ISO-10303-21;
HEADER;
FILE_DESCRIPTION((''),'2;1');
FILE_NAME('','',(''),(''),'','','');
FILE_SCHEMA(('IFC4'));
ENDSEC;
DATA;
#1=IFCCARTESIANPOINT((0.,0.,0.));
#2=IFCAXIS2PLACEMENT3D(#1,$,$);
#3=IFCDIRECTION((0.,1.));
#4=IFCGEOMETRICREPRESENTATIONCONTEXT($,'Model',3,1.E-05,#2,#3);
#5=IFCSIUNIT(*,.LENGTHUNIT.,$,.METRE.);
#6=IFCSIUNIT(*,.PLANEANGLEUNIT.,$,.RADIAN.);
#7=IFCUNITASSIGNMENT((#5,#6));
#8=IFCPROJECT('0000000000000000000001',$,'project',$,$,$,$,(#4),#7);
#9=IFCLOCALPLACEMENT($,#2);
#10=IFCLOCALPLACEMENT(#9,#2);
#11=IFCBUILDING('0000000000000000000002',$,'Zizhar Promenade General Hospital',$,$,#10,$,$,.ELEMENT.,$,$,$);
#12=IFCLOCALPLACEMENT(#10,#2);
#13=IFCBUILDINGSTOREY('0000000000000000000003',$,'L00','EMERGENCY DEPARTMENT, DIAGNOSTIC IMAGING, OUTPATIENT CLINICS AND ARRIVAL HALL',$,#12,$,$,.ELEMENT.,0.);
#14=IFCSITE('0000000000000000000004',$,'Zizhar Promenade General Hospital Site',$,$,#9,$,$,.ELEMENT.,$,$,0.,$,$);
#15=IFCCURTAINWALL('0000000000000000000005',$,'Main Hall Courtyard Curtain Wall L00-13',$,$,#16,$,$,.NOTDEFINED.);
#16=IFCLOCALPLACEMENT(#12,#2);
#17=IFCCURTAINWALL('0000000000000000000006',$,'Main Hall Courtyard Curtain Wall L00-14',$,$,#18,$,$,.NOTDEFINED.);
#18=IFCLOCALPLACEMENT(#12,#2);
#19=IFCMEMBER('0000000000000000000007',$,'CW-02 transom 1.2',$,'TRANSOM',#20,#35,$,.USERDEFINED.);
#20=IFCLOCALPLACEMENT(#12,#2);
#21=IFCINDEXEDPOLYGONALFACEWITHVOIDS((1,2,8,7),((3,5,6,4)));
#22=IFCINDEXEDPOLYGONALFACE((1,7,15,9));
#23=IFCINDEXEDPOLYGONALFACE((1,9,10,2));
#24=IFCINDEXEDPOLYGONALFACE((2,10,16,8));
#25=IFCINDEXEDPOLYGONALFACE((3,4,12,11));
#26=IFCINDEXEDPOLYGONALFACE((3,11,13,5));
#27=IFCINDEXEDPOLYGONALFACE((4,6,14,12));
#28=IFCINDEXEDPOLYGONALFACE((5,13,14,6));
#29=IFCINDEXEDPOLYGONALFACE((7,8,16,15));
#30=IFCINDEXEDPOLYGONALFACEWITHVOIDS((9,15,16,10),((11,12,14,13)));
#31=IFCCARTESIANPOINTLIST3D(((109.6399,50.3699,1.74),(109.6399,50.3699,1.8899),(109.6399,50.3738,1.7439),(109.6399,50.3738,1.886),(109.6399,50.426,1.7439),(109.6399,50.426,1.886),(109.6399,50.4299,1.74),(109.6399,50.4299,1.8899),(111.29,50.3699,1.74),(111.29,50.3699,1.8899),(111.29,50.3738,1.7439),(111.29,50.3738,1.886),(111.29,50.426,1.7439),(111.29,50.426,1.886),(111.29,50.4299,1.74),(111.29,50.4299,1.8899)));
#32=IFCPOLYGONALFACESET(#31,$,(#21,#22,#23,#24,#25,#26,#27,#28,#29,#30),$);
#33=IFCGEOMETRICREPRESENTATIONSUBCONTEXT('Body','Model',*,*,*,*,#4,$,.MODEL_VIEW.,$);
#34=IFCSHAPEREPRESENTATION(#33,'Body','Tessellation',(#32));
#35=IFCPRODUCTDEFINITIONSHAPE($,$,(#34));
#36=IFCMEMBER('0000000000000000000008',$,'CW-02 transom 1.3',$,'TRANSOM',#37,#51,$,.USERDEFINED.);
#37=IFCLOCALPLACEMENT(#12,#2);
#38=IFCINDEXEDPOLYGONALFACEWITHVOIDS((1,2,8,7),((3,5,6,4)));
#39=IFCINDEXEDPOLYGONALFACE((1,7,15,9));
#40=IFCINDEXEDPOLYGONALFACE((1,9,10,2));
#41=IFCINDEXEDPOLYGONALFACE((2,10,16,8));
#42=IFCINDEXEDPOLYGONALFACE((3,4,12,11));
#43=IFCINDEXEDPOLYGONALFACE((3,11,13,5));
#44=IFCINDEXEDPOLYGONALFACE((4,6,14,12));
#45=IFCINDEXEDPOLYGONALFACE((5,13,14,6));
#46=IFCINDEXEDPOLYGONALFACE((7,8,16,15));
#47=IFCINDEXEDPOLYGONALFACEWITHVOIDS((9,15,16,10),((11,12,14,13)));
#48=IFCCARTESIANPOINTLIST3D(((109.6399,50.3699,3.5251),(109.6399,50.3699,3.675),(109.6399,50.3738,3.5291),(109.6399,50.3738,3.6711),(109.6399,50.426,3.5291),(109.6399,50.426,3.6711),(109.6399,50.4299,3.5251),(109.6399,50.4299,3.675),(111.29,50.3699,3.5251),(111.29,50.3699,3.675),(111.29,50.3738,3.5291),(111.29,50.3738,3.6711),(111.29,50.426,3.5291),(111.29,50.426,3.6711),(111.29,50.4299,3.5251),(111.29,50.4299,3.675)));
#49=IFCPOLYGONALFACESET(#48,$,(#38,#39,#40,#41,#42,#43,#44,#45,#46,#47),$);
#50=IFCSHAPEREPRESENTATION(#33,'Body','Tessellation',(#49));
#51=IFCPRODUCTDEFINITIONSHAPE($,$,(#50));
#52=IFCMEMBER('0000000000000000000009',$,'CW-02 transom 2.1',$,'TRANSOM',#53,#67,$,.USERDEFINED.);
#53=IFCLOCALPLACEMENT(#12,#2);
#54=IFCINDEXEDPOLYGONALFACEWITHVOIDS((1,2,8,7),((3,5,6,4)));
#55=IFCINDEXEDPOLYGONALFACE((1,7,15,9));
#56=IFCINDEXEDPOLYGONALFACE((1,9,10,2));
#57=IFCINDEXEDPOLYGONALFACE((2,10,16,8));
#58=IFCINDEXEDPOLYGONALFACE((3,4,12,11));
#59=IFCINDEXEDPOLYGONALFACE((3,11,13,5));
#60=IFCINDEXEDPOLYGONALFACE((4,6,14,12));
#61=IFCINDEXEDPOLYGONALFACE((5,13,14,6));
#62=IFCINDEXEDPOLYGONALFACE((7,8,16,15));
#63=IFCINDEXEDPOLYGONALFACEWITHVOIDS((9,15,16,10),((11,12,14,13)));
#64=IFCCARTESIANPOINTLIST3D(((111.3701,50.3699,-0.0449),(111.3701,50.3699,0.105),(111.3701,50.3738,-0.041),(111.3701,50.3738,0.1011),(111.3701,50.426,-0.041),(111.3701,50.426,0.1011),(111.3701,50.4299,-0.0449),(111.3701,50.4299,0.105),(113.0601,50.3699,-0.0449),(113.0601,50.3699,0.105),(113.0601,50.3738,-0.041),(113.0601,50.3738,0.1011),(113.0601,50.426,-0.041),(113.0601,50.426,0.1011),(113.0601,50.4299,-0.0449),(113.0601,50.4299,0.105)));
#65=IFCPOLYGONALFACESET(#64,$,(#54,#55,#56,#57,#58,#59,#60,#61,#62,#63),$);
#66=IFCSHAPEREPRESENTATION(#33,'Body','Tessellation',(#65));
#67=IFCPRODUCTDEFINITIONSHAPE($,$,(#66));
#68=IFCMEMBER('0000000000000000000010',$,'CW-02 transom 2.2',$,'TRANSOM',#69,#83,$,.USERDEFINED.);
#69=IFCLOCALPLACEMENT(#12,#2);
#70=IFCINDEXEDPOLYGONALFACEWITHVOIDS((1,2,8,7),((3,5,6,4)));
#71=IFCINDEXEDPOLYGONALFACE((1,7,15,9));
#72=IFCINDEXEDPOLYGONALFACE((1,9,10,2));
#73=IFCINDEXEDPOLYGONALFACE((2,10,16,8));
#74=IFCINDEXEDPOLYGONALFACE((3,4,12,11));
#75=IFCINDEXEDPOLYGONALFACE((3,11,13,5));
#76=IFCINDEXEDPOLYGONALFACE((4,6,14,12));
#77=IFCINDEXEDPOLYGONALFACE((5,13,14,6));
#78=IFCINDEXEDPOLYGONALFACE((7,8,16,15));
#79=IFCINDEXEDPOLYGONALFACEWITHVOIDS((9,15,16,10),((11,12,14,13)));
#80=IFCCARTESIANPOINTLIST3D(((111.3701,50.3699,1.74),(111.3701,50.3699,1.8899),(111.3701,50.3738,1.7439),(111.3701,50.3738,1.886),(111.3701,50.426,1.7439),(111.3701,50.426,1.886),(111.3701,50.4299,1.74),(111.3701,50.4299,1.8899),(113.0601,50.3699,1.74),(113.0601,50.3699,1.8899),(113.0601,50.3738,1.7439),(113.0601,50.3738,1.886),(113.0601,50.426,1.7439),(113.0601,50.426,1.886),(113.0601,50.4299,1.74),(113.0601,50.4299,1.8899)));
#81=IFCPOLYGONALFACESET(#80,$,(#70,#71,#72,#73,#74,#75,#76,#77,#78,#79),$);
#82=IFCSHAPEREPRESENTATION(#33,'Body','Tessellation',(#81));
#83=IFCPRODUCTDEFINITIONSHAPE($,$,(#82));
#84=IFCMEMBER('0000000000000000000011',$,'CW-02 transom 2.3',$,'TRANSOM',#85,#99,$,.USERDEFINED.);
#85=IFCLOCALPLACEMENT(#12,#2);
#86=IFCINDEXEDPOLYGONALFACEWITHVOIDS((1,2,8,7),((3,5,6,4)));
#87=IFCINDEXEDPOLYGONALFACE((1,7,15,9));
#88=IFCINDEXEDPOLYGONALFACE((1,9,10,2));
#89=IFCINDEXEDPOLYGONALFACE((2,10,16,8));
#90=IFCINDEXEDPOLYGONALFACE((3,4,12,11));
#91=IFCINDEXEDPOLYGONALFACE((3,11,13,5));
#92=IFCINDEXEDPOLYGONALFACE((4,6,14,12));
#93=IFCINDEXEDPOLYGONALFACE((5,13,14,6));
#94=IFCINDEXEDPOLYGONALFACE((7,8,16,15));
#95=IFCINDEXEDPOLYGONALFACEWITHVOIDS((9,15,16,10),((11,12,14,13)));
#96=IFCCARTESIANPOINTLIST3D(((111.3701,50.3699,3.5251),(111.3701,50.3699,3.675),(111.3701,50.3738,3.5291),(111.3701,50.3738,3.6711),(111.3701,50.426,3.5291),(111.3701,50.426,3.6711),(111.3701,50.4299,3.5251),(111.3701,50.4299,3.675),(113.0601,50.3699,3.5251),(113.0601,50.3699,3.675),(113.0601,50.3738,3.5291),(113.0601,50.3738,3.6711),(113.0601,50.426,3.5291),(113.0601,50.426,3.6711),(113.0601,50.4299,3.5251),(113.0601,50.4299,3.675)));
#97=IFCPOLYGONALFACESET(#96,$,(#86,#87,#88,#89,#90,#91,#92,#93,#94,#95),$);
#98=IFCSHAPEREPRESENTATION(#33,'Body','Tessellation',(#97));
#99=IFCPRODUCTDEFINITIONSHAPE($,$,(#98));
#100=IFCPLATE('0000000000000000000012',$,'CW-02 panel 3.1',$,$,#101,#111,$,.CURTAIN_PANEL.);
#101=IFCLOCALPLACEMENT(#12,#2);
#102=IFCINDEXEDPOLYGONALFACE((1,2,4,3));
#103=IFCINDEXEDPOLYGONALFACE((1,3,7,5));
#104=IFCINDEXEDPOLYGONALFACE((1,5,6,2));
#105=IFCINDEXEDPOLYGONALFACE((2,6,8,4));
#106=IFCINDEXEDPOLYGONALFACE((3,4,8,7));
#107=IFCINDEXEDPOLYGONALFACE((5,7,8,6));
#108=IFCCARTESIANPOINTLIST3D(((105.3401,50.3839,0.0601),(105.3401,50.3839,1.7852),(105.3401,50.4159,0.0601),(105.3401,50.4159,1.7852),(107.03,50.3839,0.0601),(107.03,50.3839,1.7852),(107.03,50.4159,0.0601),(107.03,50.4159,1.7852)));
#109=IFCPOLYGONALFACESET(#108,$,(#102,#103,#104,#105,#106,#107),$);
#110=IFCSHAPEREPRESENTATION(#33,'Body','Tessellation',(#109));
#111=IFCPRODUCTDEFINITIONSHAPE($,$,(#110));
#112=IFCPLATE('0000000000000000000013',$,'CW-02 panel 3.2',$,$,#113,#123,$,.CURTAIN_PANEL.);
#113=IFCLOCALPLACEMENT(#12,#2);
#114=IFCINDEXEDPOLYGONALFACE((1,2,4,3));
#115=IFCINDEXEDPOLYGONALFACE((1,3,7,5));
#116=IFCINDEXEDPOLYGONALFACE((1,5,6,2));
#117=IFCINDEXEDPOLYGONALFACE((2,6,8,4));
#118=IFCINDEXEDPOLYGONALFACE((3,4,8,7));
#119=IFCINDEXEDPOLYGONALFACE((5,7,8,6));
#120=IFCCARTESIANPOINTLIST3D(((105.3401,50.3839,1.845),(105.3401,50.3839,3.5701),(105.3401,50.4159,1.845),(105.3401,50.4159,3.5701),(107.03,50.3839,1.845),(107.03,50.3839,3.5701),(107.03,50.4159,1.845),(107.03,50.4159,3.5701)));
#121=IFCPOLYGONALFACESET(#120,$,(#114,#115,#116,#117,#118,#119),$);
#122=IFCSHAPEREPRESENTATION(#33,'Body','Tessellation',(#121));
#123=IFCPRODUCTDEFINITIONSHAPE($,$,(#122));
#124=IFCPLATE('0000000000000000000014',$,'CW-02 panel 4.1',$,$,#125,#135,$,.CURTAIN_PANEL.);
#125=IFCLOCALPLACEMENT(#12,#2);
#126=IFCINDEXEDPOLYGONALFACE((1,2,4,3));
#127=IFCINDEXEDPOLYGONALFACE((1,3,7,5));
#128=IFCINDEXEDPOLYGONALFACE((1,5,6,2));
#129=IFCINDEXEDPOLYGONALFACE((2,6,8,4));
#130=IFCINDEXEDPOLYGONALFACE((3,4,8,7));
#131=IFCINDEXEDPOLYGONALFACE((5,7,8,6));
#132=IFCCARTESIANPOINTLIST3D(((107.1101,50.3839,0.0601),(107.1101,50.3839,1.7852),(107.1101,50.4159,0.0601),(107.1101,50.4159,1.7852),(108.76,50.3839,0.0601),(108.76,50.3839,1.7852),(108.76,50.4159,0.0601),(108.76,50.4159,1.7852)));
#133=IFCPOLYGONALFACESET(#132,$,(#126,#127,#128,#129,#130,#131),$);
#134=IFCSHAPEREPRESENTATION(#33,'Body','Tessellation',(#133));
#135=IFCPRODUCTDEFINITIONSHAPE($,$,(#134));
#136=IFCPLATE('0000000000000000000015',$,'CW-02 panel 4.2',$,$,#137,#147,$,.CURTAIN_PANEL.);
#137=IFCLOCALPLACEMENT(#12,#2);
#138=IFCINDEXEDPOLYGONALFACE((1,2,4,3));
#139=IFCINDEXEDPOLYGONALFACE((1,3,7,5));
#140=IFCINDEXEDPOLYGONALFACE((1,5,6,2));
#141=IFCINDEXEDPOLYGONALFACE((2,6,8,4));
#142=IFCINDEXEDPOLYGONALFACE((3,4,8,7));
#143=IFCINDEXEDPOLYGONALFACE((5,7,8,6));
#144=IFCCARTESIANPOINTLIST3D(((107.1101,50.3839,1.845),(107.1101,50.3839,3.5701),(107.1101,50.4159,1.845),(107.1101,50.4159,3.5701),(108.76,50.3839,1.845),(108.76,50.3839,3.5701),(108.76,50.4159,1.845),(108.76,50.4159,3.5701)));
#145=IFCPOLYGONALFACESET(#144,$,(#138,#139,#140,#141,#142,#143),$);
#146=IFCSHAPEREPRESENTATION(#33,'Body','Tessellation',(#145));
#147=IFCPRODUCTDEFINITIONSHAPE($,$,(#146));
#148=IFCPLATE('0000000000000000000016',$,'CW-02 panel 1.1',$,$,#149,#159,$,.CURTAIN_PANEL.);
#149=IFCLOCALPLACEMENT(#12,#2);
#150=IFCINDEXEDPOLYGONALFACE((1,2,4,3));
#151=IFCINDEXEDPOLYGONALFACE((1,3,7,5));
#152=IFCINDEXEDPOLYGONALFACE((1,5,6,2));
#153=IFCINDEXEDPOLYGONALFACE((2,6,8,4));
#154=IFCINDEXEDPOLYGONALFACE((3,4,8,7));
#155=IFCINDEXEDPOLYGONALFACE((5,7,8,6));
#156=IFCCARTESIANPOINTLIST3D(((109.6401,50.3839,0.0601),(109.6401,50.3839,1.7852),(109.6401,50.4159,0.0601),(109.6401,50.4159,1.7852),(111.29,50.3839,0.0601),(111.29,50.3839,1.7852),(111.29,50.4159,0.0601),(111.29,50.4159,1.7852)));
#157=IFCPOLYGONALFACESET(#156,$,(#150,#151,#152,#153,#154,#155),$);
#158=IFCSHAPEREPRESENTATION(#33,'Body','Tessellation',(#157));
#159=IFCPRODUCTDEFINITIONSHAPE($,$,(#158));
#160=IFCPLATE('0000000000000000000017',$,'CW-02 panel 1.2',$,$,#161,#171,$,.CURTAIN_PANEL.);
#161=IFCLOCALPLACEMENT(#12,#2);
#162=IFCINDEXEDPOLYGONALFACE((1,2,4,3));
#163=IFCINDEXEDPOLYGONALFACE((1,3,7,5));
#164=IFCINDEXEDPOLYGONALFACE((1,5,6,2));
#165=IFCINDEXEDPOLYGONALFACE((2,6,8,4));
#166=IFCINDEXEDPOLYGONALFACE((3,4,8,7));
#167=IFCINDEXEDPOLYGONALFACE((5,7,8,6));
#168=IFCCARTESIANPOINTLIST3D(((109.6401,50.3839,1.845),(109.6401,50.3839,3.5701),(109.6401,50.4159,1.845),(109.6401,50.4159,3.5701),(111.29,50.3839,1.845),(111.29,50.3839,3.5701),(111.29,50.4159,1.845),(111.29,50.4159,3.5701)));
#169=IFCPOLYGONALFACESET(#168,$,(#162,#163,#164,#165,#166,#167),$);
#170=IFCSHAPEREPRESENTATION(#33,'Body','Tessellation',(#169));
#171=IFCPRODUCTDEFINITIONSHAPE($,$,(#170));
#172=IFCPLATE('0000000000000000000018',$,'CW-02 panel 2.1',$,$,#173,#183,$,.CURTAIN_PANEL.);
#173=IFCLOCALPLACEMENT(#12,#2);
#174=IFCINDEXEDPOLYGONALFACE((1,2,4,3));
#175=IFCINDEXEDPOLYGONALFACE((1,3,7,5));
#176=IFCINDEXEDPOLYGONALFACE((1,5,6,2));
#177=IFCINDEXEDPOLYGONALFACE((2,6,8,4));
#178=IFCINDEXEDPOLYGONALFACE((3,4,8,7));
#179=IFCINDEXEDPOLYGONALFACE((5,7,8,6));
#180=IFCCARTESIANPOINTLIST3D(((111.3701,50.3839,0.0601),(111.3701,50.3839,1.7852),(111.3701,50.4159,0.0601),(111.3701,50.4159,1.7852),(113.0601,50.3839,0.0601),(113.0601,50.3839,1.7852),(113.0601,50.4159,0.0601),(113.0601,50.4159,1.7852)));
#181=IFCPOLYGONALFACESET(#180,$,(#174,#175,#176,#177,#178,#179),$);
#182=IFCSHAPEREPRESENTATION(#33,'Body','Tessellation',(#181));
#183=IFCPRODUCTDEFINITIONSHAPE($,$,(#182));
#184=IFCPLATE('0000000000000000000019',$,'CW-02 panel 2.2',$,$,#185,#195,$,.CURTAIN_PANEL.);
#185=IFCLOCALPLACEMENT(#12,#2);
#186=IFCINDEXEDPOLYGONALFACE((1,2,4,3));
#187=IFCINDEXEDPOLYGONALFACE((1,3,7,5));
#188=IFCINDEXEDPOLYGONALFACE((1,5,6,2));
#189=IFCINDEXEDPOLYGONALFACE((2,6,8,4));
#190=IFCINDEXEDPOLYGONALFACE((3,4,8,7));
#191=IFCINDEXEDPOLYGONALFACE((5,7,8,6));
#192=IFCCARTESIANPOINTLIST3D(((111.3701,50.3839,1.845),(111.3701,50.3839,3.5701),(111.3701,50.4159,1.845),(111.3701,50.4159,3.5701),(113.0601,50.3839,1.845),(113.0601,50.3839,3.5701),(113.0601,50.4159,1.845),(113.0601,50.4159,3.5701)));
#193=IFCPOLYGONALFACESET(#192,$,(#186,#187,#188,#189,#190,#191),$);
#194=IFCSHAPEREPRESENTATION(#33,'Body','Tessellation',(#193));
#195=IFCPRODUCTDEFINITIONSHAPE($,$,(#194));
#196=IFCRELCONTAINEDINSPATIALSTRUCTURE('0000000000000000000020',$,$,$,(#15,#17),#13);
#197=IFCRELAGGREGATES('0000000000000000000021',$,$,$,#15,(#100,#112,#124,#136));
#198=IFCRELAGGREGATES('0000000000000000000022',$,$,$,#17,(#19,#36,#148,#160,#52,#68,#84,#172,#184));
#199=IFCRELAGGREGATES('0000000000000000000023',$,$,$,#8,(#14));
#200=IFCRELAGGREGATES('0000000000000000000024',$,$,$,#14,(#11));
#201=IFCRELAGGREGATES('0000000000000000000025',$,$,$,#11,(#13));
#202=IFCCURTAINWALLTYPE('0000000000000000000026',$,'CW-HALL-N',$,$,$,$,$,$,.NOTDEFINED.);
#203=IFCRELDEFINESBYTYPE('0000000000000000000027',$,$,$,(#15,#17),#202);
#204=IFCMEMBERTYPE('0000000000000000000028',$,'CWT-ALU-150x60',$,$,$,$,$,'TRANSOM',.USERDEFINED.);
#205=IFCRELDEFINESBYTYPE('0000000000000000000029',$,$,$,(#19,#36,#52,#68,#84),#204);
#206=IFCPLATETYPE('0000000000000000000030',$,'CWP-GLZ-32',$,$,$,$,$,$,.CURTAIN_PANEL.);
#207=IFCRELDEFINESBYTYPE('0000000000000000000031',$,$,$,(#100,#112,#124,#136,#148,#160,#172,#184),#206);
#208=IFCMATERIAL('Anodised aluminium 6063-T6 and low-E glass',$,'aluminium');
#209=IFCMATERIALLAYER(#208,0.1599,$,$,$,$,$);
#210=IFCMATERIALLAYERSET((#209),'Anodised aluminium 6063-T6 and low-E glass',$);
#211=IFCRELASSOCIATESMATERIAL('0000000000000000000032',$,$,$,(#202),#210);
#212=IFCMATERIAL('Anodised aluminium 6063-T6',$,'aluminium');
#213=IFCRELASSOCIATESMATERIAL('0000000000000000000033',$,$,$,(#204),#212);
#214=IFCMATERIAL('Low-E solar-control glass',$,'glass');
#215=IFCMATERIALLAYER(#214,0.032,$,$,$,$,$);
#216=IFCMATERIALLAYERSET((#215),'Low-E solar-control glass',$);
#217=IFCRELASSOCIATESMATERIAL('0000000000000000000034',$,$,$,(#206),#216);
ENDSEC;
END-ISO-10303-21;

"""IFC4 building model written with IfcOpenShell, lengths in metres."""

from ifc_helpers import new_model, si_unit, direction, frame, origin, origin_2d, place, context, subcontext, project, spatial, rectangle, hollow_rectangle, extrude, material, layer, layer_set, material_profile, profile_set, type_object, element, aggregate, save


model = new_model("IFC4")

# Units and contexts
model_context = context("Model", 3, precision=1e-05, world=origin(), true_north=direction((0.0, 1.0)))
body_context = subcontext(model_context, "Body", "Model", "MODEL_VIEW")
ifc_project = project(units=[si_unit("LENGTHUNIT", "METRE"), si_unit("PLANEANGLEUNIT", "RADIAN")], contexts=[model_context])

# Site, building, storey
site_placement = place(None, origin())
site = spatial("IfcSite", under=ifc_project, at=site_placement, Name="Zizhar Promenade General Hospital Site", CompositionType="ELEMENT", RefElevation=0.0)
building_placement = place(site_placement, origin())
building = spatial("IfcBuilding", under=site, at=building_placement, Name="Zizhar Promenade General Hospital", CompositionType="ELEMENT")
storey_placement = place(building_placement, origin())
storey = spatial("IfcBuildingStorey", under=building, at=storey_placement, Name="L00", Description="EMERGENCY DEPARTMENT, DIAGNOSTIC IMAGING, OUTPATIENT CLINICS AND ARRIVAL HALL", CompositionType="ELEMENT", Elevation=0.0)

# Curtain walls
ifc_material_1 = material(Name="Anodised aluminium 6063-T6 and low-E glass", Category="aluminium")
ifc_layer_1 = layer(ifc_material_1, 0.1599)
ifc_layer_set_1 = layer_set([ifc_layer_1], Name="Anodised aluminium 6063-T6 and low-E glass")
curtain_wall_type = type_object("IfcCurtainWallType", Name="CW-HALL-N", PredefinedType="NOTDEFINED", material=ifc_layer_set_1)
curtain_wall_1_placement = place(storey_placement, origin())
curtain_wall_1 = element("IfcCurtainWall", 1, at=curtain_wall_1_placement, inside=storey, type_object=curtain_wall_type, Name="Main Hall Courtyard Curtain Wall L00-13", PredefinedType="NOTDEFINED")
curtain_wall_2_placement = place(storey_placement, origin())
curtain_wall_2 = element("IfcCurtainWall", 2, at=curtain_wall_2_placement, inside=storey, type_object=curtain_wall_type, Name="Main Hall Courtyard Curtain Wall L00-14", PredefinedType="NOTDEFINED")

# Members
ifc_material_2 = material(Name="Anodised aluminium 6063-T6", Category="aluminium")
ifc_material_profile_1 = material_profile(ifc_material_2, hollow_rectangle(XDim=0.0601, YDim=0.1499, WallThickness=0.0039, at=origin_2d()))
ifc_profile_set_1 = profile_set([ifc_material_profile_1], Name="Anodised aluminium 6063-T6")
member_type_1 = type_object("IfcMemberType", Name="CWT-ALU-150x60", ElementType="TRANSOM", PredefinedType="USERDEFINED", material=ifc_profile_set_1)
member_1_placement = place(storey_placement, frame((109.6399, 50.3999, 1.8149), z_axis=(1.0, 0.0, 0.0), x_axis=(0.0, 1.0, 0.0)))
member_1 = element("IfcMember", 3, at=member_1_placement, type_object=member_type_1, Name="CW-02 transom 1.2", ObjectType="TRANSOM", PredefinedType="USERDEFINED", context=body_context, shape_type="SweptSolid", body=[
    extrude(hollow_rectangle(XDim=0.0601, YDim=0.1499, WallThickness=0.0039, at=origin_2d()), origin(), (0.0, 0.0, 1.0), 1.6501),
])
member_2_placement = place(storey_placement, frame((109.6399, 50.3999, 3.6001), z_axis=(1.0, 0.0, 0.0), x_axis=(0.0, 1.0, 0.0)))
member_2 = element("IfcMember", 4, at=member_2_placement, type_object=member_type_1, Name="CW-02 transom 1.3", ObjectType="TRANSOM", PredefinedType="USERDEFINED", context=body_context, shape_type="SweptSolid", body=[
    extrude(hollow_rectangle(XDim=0.0601, YDim=0.1499, WallThickness=0.0039, at=origin_2d()), origin(), (0.0, 0.0, 1.0), 1.6501),
])
member_3_placement = place(storey_placement, frame((111.3701, 50.3999, 0.03), z_axis=(1.0, 0.0, 0.0), x_axis=(0.0, 1.0, 0.0)))
member_3 = element("IfcMember", 5, at=member_3_placement, type_object=member_type_1, Name="CW-02 transom 2.1", ObjectType="TRANSOM", PredefinedType="USERDEFINED", context=body_context, shape_type="SweptSolid", body=[
    extrude(hollow_rectangle(XDim=0.0601, YDim=0.1499, WallThickness=0.0039, at=origin_2d()), origin(), (0.0, 0.0, 1.0), 1.6899),
])
member_4_placement = place(storey_placement, frame((111.3701, 50.3999, 1.8149), z_axis=(1.0, 0.0, 0.0), x_axis=(0.0, 1.0, 0.0)))
member_4 = element("IfcMember", 6, at=member_4_placement, type_object=member_type_1, Name="CW-02 transom 2.2", ObjectType="TRANSOM", PredefinedType="USERDEFINED", context=body_context, shape_type="SweptSolid", body=[
    extrude(hollow_rectangle(XDim=0.0601, YDim=0.1499, WallThickness=0.0039, at=origin_2d()), origin(), (0.0, 0.0, 1.0), 1.6899),
])
member_5_placement = place(storey_placement, frame((111.3701, 50.3999, 3.6001), z_axis=(1.0, 0.0, 0.0), x_axis=(0.0, 1.0, 0.0)))
member_5 = element("IfcMember", 7, at=member_5_placement, type_object=member_type_1, Name="CW-02 transom 2.3", ObjectType="TRANSOM", PredefinedType="USERDEFINED", context=body_context, shape_type="SweptSolid", body=[
    extrude(hollow_rectangle(XDim=0.0601, YDim=0.1499, WallThickness=0.0039, at=origin_2d()), origin(), (0.0, 0.0, 1.0), 1.6899),
])

# Plates
ifc_material_3 = material(Name="Low-E solar-control glass", Category="glass")
ifc_layer_2 = layer(ifc_material_3, 0.032)
ifc_layer_set_2 = layer_set([ifc_layer_2], Name="Low-E solar-control glass")
plate_type = type_object("IfcPlateType", Name="CWP-GLZ-32", PredefinedType="CURTAIN_PANEL", material=ifc_layer_set_2)
plate_1_placement = place(storey_placement, frame((106.1851, 50.3999, 0.0601), z_axis=(0.0, 0.0, 1.0), x_axis=(1.0, 0.0, 0.0)))
plate_1 = element("IfcPlate", 8, at=plate_1_placement, type_object=plate_type, Name="CW-02 panel 3.1", PredefinedType="CURTAIN_PANEL", context=body_context, shape_type="SweptSolid", body=[
    extrude(rectangle(XDim=1.6899, YDim=0.032, at=origin_2d()), origin(), (0.0, 0.0, 1.0), 1.7251),
])
plate_2_placement = place(storey_placement, frame((106.1851, 50.3999, 1.845), z_axis=(0.0, 0.0, 1.0), x_axis=(1.0, 0.0, 0.0)))
plate_2 = element("IfcPlate", 9, at=plate_2_placement, type_object=plate_type, Name="CW-02 panel 3.2", PredefinedType="CURTAIN_PANEL", context=body_context, shape_type="SweptSolid", body=[
    extrude(rectangle(XDim=1.6899, YDim=0.032, at=origin_2d()), origin(), (0.0, 0.0, 1.0), 1.7251),
])
plate_3_placement = place(storey_placement, frame((107.9351, 50.3999, 0.0601), z_axis=(0.0, 0.0, 1.0), x_axis=(1.0, 0.0, 0.0)))
plate_3 = element("IfcPlate", 10, at=plate_3_placement, type_object=plate_type, Name="CW-02 panel 4.1", PredefinedType="CURTAIN_PANEL", context=body_context, shape_type="SweptSolid", body=[
    extrude(rectangle(XDim=1.6499, YDim=0.032, at=origin_2d()), origin(), (0.0, 0.0, 1.0), 1.7251),
])
plate_4_placement = place(storey_placement, frame((107.9351, 50.3999, 1.845), z_axis=(0.0, 0.0, 1.0), x_axis=(1.0, 0.0, 0.0)))
plate_4 = element("IfcPlate", 11, at=plate_4_placement, type_object=plate_type, Name="CW-02 panel 4.2", PredefinedType="CURTAIN_PANEL", context=body_context, shape_type="SweptSolid", body=[
    extrude(rectangle(XDim=1.6499, YDim=0.032, at=origin_2d()), origin(), (0.0, 0.0, 1.0), 1.7251),
])
aggregate(curtain_wall_1, [plate_1, plate_2, plate_3, plate_4])
plate_5_placement = place(storey_placement, frame((110.4651, 50.3999, 0.0601), z_axis=(0.0, 0.0, 1.0), x_axis=(1.0, 0.0, 0.0)))
plate_5 = element("IfcPlate", 12, at=plate_5_placement, type_object=plate_type, Name="CW-02 panel 1.1", PredefinedType="CURTAIN_PANEL", context=body_context, shape_type="SweptSolid", body=[
    extrude(rectangle(XDim=1.6499, YDim=0.032, at=origin_2d()), origin(), (0.0, 0.0, 1.0), 1.7251),
])
plate_6_placement = place(storey_placement, frame((110.4651, 50.3999, 1.845), z_axis=(0.0, 0.0, 1.0), x_axis=(1.0, 0.0, 0.0)))
plate_6 = element("IfcPlate", 13, at=plate_6_placement, type_object=plate_type, Name="CW-02 panel 1.2", PredefinedType="CURTAIN_PANEL", context=body_context, shape_type="SweptSolid", body=[
    extrude(rectangle(XDim=1.6499, YDim=0.032, at=origin_2d()), origin(), (0.0, 0.0, 1.0), 1.7251),
])
plate_7_placement = place(storey_placement, frame((112.2151, 50.3999, 0.0601), z_axis=(0.0, 0.0, 1.0), x_axis=(1.0, 0.0, 0.0)))
plate_7 = element("IfcPlate", 14, at=plate_7_placement, type_object=plate_type, Name="CW-02 panel 2.1", PredefinedType="CURTAIN_PANEL", context=body_context, shape_type="SweptSolid", body=[
    extrude(rectangle(XDim=1.6899, YDim=0.032, at=origin_2d()), origin(), (0.0, 0.0, 1.0), 1.7251),
])
plate_8_placement = place(storey_placement, frame((112.2151, 50.3999, 1.845), z_axis=(0.0, 0.0, 1.0), x_axis=(1.0, 0.0, 0.0)))
plate_8 = element("IfcPlate", 15, at=plate_8_placement, type_object=plate_type, Name="CW-02 panel 2.2", PredefinedType="CURTAIN_PANEL", context=body_context, shape_type="SweptSolid", body=[
    extrude(rectangle(XDim=1.6899, YDim=0.032, at=origin_2d()), origin(), (0.0, 0.0, 1.0), 1.7251),
])
aggregate(curtain_wall_2, [member_1, member_2, plate_5, plate_6, member_3, member_4, member_5, plate_7, plate_8])

save(model, "model.ifc")
